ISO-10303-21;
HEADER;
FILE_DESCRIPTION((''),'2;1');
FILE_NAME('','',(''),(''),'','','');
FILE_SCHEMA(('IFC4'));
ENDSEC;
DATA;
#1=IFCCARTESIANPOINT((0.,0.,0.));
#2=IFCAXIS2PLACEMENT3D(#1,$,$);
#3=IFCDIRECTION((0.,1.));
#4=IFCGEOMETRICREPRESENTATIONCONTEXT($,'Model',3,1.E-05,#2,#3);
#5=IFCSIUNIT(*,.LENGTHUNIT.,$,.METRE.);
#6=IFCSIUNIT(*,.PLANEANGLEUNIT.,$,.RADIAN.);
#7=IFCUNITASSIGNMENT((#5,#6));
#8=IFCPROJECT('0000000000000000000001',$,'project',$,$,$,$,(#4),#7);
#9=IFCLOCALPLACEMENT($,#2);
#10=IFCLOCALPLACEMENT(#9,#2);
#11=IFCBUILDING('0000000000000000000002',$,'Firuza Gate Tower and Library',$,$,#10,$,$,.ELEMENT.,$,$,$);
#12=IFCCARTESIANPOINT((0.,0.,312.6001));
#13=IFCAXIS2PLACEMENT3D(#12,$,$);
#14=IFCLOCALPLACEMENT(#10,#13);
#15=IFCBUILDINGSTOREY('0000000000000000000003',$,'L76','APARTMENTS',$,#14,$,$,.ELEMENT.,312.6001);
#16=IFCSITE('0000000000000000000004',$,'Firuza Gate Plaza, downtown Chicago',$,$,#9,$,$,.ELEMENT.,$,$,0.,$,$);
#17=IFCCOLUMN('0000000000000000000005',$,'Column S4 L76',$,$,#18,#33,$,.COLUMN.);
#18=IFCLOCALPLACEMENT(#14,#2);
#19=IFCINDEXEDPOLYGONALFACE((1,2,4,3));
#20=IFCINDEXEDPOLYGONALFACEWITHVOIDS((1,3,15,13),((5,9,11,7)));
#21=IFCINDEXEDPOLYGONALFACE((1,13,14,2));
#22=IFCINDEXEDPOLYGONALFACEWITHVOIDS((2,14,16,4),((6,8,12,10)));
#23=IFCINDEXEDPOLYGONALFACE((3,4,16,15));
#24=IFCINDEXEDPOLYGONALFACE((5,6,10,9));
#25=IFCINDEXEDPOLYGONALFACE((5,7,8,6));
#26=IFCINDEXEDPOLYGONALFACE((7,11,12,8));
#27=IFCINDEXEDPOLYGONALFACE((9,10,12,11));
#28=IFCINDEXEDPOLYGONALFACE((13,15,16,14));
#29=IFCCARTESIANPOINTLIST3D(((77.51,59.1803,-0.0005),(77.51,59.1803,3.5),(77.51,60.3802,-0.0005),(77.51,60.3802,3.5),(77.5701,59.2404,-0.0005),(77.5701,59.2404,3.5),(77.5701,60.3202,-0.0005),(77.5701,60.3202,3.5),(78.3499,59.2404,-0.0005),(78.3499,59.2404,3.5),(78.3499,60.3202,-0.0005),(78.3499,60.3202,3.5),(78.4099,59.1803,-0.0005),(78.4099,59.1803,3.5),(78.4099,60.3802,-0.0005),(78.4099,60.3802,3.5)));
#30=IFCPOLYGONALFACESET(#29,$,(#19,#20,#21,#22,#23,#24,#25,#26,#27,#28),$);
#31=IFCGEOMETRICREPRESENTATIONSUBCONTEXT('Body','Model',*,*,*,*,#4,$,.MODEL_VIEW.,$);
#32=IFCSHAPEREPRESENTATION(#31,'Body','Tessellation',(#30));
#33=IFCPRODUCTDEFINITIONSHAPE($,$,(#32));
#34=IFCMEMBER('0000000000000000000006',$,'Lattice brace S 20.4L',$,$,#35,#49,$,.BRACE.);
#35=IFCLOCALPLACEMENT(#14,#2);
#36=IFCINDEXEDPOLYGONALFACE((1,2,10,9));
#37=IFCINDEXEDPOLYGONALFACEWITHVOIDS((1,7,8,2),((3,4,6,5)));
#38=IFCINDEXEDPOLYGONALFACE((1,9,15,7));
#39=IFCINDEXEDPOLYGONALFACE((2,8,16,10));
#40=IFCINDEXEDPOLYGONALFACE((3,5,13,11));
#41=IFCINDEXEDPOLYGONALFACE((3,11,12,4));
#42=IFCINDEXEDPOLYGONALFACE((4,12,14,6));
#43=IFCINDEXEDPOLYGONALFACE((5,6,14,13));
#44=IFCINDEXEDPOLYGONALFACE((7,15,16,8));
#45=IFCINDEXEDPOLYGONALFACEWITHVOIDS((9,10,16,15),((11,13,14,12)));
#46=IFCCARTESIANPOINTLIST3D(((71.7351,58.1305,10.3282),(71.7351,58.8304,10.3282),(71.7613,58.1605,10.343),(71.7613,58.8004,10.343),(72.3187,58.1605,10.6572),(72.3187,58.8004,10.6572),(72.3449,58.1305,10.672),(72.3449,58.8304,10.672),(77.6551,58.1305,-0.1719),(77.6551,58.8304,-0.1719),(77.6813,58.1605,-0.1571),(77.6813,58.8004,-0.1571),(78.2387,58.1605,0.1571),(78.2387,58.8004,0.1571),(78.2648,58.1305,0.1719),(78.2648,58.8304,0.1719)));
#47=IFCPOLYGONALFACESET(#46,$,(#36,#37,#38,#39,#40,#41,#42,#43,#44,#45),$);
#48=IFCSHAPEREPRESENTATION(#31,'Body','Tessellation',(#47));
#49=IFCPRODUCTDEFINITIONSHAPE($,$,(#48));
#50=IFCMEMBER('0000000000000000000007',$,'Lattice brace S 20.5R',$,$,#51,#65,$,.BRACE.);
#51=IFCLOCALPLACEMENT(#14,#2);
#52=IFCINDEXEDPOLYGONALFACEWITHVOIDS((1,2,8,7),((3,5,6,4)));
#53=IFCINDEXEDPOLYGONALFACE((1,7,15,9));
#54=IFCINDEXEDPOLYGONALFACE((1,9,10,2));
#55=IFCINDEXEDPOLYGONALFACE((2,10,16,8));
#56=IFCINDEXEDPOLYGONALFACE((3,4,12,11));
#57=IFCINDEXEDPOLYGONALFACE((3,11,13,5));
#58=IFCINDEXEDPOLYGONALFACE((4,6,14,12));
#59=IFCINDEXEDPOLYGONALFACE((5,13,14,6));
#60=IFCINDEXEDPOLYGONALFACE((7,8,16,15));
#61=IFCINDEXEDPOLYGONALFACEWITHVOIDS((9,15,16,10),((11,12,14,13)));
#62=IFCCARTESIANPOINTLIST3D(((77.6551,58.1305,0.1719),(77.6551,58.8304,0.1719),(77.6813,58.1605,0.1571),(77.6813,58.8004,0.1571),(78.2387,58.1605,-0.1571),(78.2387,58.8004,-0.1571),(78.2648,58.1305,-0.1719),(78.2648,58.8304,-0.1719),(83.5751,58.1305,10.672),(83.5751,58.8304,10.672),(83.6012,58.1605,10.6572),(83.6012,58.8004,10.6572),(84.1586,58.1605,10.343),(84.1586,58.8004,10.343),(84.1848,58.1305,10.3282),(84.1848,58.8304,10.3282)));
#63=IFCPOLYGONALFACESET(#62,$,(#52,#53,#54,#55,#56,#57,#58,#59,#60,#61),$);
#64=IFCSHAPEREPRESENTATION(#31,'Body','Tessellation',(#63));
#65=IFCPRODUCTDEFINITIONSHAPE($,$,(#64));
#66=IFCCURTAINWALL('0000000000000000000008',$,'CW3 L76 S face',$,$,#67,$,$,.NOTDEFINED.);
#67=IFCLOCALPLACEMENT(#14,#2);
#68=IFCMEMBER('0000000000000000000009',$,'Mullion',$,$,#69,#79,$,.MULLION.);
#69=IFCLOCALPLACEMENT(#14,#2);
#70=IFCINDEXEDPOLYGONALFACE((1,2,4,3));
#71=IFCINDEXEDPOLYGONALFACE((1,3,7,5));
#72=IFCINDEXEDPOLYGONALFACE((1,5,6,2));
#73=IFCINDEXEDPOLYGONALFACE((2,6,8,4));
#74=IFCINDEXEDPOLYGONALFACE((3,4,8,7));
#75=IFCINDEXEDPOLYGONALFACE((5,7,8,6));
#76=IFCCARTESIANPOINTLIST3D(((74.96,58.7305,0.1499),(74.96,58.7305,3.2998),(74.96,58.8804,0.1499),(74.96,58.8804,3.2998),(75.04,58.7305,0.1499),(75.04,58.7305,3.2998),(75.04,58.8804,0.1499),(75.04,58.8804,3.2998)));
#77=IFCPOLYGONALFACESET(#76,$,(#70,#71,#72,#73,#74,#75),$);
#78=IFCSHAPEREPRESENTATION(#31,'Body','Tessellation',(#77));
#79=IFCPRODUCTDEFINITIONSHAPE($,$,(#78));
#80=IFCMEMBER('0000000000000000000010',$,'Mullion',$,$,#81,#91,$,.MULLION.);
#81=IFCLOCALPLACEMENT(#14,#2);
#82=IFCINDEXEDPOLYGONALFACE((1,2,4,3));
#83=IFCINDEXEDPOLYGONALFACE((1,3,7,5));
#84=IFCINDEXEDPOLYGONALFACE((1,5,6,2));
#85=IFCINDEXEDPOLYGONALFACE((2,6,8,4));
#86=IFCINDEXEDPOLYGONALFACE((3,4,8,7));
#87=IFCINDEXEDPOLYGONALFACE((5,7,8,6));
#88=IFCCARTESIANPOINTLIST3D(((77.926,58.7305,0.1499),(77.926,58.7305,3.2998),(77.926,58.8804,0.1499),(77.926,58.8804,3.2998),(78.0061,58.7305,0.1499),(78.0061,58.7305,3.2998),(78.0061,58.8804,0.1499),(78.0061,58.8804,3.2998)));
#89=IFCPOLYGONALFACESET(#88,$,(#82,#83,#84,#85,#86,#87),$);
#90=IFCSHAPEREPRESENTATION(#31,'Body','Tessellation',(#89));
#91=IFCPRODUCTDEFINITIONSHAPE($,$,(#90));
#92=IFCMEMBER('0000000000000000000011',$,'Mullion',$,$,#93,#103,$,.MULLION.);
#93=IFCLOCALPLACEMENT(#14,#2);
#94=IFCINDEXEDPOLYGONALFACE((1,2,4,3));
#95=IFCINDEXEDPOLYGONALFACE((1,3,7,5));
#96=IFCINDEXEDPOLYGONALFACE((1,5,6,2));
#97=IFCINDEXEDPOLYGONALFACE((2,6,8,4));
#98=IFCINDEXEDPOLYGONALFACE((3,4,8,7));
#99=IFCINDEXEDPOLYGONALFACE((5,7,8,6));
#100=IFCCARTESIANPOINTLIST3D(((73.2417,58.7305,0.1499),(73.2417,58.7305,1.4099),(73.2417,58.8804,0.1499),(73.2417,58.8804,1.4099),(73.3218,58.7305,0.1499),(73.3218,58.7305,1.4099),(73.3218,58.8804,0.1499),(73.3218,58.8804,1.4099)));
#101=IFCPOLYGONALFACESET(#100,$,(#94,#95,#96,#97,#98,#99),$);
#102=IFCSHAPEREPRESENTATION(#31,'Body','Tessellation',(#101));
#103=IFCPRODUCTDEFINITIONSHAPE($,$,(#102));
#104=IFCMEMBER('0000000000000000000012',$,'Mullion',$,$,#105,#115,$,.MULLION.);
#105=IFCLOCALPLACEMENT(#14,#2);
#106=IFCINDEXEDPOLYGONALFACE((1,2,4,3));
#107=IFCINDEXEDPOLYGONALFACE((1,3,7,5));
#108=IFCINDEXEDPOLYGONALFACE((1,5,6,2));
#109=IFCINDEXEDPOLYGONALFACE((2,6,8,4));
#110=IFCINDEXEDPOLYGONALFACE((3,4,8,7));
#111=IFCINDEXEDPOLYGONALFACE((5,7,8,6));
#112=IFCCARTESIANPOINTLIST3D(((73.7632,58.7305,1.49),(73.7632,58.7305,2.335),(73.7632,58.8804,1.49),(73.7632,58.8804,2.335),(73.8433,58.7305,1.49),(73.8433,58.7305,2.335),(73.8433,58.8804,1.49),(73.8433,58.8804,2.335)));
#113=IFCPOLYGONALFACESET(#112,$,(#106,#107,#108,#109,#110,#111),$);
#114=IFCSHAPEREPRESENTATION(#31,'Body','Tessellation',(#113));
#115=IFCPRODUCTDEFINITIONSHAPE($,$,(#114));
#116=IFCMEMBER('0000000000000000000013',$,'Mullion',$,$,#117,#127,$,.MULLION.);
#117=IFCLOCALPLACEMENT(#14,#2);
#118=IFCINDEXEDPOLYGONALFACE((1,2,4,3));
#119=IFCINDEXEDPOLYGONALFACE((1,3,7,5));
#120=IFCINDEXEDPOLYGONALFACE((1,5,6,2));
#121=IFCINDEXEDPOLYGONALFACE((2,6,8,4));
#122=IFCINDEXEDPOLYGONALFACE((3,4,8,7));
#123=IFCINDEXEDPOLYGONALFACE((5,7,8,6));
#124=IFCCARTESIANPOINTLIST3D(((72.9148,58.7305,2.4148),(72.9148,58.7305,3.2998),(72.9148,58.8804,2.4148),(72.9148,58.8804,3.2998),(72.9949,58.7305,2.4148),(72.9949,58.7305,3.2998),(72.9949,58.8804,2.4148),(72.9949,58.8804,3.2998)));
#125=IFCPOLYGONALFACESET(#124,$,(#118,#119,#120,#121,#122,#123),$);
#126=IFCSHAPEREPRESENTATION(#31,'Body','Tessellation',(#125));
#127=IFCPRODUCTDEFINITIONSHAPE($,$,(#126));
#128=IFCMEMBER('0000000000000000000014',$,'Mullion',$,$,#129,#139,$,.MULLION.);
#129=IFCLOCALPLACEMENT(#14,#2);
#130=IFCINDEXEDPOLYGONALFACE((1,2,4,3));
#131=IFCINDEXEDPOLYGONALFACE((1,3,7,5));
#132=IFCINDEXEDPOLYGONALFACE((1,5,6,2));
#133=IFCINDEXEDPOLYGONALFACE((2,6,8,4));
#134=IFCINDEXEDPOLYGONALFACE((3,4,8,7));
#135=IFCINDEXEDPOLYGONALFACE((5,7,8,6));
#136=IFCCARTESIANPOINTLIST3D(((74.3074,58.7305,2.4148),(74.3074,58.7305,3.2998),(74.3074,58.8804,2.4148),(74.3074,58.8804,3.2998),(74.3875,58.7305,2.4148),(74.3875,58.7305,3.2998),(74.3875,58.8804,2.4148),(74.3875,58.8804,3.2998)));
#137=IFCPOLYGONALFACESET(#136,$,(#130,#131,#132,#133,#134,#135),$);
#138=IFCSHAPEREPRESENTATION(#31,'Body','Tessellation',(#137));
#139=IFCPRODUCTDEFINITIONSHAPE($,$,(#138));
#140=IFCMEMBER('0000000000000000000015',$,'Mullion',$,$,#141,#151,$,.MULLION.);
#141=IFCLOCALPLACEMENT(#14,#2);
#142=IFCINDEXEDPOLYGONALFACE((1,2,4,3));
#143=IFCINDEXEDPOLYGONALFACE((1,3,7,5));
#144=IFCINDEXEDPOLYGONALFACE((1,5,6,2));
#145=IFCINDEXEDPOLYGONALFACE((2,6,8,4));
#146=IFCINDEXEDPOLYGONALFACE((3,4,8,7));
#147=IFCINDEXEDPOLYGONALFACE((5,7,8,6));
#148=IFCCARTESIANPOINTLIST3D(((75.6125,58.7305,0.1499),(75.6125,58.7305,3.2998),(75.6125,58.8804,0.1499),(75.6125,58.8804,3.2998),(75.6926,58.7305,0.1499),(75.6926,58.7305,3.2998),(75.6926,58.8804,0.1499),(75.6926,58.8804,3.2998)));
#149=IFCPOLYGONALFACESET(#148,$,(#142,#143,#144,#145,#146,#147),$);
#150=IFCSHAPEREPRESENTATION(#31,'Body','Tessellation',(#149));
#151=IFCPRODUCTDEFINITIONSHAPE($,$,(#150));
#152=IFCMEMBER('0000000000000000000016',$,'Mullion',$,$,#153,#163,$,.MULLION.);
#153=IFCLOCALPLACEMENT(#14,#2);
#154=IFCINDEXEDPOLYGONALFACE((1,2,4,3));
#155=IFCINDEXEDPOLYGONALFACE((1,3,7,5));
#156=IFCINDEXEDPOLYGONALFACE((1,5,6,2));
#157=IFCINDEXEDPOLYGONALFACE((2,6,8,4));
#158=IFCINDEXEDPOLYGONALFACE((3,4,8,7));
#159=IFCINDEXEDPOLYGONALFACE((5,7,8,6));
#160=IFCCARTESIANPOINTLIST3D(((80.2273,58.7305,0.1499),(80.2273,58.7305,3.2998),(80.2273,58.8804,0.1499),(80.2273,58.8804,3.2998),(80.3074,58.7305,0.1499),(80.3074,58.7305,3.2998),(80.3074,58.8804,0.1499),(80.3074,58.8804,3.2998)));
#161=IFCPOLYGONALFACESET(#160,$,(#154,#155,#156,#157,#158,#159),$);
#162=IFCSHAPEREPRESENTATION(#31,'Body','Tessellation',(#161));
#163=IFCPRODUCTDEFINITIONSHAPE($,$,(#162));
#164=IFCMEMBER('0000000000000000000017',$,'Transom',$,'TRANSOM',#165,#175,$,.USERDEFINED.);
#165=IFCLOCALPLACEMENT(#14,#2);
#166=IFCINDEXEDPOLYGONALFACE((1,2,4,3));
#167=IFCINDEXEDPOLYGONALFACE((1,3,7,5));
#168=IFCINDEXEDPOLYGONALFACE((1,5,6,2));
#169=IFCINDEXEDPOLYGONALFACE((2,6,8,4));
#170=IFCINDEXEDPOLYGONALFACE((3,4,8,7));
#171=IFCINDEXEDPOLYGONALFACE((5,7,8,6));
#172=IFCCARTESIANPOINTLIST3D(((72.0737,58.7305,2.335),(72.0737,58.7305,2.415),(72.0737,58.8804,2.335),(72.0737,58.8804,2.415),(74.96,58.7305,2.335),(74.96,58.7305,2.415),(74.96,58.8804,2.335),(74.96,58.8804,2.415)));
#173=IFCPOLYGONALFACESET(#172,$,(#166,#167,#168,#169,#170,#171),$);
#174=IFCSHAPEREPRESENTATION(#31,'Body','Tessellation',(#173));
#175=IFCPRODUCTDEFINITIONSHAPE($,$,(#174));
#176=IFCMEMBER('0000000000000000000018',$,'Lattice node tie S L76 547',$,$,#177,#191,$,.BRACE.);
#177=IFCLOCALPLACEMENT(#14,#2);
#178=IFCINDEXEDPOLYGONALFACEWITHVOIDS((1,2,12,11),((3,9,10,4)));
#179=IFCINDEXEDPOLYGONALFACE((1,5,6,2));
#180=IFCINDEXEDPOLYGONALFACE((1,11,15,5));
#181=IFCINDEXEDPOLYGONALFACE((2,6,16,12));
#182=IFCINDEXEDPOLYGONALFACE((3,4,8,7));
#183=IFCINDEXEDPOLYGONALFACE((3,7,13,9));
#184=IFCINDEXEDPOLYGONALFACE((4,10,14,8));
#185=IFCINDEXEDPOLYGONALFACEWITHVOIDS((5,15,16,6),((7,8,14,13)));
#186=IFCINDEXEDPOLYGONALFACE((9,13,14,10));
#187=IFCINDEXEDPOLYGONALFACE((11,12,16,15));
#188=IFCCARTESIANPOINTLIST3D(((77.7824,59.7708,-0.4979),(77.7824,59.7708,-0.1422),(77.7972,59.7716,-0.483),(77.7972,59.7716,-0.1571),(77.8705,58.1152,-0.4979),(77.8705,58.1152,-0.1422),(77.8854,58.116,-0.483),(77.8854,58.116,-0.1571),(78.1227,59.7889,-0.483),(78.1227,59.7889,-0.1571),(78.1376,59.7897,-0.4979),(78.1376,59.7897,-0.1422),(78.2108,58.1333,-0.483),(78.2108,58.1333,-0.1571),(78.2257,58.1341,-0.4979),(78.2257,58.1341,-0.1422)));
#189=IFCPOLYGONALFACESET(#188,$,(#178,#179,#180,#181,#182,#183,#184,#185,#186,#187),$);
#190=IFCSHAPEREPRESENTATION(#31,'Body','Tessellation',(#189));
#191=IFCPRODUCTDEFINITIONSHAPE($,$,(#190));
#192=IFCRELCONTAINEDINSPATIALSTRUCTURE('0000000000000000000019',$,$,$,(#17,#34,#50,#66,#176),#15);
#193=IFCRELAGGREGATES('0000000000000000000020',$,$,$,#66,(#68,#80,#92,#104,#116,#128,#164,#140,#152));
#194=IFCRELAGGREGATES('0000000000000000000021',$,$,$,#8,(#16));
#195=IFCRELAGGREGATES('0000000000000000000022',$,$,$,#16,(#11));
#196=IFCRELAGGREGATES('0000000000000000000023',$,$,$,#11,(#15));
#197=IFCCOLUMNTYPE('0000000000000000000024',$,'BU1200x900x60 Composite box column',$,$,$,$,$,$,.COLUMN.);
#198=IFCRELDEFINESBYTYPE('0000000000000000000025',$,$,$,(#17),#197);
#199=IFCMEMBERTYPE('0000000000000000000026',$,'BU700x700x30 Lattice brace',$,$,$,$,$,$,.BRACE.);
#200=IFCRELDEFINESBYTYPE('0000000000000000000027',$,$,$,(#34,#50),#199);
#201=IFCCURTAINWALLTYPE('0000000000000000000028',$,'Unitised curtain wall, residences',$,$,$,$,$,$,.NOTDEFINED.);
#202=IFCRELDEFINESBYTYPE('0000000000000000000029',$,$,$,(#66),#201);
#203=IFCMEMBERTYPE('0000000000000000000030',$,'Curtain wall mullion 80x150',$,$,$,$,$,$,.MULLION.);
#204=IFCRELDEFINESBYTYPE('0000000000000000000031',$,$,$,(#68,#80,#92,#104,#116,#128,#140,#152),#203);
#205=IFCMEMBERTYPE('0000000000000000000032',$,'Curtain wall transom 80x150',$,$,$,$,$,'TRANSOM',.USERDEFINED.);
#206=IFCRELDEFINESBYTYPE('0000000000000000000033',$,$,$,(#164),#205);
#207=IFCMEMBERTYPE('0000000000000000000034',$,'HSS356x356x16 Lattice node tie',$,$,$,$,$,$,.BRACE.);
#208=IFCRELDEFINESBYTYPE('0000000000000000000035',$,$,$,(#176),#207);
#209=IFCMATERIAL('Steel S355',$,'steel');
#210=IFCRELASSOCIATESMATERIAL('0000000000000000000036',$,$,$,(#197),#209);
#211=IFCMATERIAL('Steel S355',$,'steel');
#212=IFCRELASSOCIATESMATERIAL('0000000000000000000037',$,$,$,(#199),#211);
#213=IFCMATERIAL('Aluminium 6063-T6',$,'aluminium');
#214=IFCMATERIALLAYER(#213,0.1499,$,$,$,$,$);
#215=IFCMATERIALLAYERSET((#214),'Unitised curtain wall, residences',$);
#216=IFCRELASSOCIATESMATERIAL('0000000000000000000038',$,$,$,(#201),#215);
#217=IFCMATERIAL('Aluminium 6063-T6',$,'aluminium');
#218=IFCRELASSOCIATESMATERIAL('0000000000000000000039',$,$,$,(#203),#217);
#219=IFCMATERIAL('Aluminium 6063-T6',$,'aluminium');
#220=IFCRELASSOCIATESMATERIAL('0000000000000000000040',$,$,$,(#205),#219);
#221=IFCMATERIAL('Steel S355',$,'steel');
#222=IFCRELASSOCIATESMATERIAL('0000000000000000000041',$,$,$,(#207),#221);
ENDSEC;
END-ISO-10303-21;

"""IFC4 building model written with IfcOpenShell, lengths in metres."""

from ifc_helpers import new_model, si_unit, direction, frame, origin, origin_2d, place, context, subcontext, project, spatial, rectangle, hollow_rectangle, extrude, material, layer, layer_set, material_profile, profile_set, type_object, element, aggregate, save


model = new_model("IFC4")

# Units and contexts
model_context = context("Model", 3, precision=1e-05, world=origin(), true_north=direction((0.0, 1.0)))
body_context = subcontext(model_context, "Body", "Model", "MODEL_VIEW")
ifc_project = project(units=[si_unit("LENGTHUNIT", "METRE"), si_unit("PLANEANGLEUNIT", "RADIAN")], contexts=[model_context])

# Site, building, storey
site_placement = place(None, origin())
site = spatial("IfcSite", under=ifc_project, at=site_placement, Name="Firuza Gate Plaza, downtown Chicago", CompositionType="ELEMENT", RefElevation=0.0)
building_placement = place(site_placement, origin())
building = spatial("IfcBuilding", under=site, at=building_placement, Name="Firuza Gate Tower and Library", CompositionType="ELEMENT")
storey_placement = place(building_placement, frame((0.0, 0.0, 312.6001)))
storey = spatial("IfcBuildingStorey", under=building, at=storey_placement, Name="L76", Description="APARTMENTS", CompositionType="ELEMENT", Elevation=312.6001)

# Column
ifc_material_1 = material(Name="Steel S355", Category="steel")
ifc_material_profile_1 = material_profile(ifc_material_1, hollow_rectangle(XDim=0.8999, YDim=1.2, WallThickness=0.0601, at=origin_2d()))
ifc_profile_set_1 = profile_set([ifc_material_profile_1], Name="Steel S355")
column_type = type_object("IfcColumnType", Name="BU1200x900x60 Composite box column", PredefinedType="COLUMN", material=ifc_profile_set_1)
column_placement = place(storey_placement, frame((77.96, 59.7803, -0.0005), z_axis=(0.0, 0.0, 1.0), x_axis=(1.0, 0.0, 0.0)))
element("IfcColumn", 1, at=column_placement, inside=storey, type_object=column_type, Name="Column S4 L76", PredefinedType="COLUMN", context=body_context, shape_type="SweptSolid", body=[
    extrude(hollow_rectangle(XDim=0.8999, YDim=1.2, WallThickness=0.0601, at=origin_2d()), origin(), (0.0, 0.0, 1.0), 3.5005),
])

# Members
ifc_material_2 = material(Name="Steel S355", Category="steel")
ifc_material_profile_2 = material_profile(ifc_material_2, hollow_rectangle(XDim=0.7, YDim=0.7, WallThickness=0.03, at=origin_2d()))
ifc_profile_set_2 = profile_set([ifc_material_profile_2], Name="Steel S355")
member_type_1 = type_object("IfcMemberType", Name="BU700x700x30 Lattice brace", PredefinedType="BRACE", material=ifc_profile_set_2)
for number, where, z_axis, x_axis, name in (
    (2, (77.96, 58.4805, 0.0), (-0.491123, 0.0, 0.87109), (0.0, -1.0, 0.0), "Lattice brace S 20.4L"),
    (3, (77.96, 58.4805, 0.0), (0.491123, 0.0, 0.87109), (0.0, 1.0, 0.0), "Lattice brace S 20.5R"),
):
    element("IfcMember", number, at=place(storey_placement, frame(where, z_axis=z_axis, x_axis=x_axis)), inside=storey, type_object=member_type_1, Name=name, PredefinedType="BRACE", context=body_context, shape_type="SweptSolid", body=[
        extrude(hollow_rectangle(XDim=0.7, YDim=0.7, WallThickness=0.03, at=origin_2d()), origin(), (0.0, 0.0, 1.0), 12.054),
    ])

# Curtain wall, members
ifc_material_3 = material(Name="Aluminium 6063-T6", Category="aluminium")
ifc_layer_1 = layer(ifc_material_3, 0.1499)
ifc_layer_set_1 = layer_set([ifc_layer_1], Name="Unitised curtain wall, residences")
curtain_wall_type = type_object("IfcCurtainWallType", Name="Unitised curtain wall, residences", PredefinedType="NOTDEFINED", material=ifc_layer_set_1)
curtain_wall_placement = place(storey_placement, origin())
curtain_wall = element("IfcCurtainWall", 4, at=curtain_wall_placement, inside=storey, type_object=curtain_wall_type, Name="CW3 L76 S face", PredefinedType="NOTDEFINED")
ifc_material_4 = material(Name="Aluminium 6063-T6", Category="aluminium")
ifc_material_profile_3 = material_profile(ifc_material_4, rectangle(XDim=0.1499, YDim=0.0801, at=origin_2d()))
ifc_profile_set_3 = profile_set([ifc_material_profile_3], Name="Aluminium 6063-T6")
member_type_2 = type_object("IfcMemberType", Name="Curtain wall mullion 80x150", PredefinedType="MULLION", material=ifc_profile_set_3)
member_1_placement = place(storey_placement, frame((75.0, 58.8054, 0.1499), z_axis=(0.0, 0.0, 1.0), x_axis=(0.0, 1.0, 0.0)))
member_1 = element("IfcMember", 5, at=member_1_placement, type_object=member_type_2, Name="Mullion", PredefinedType="MULLION", context=body_context, shape_type="SweptSolid", body=[
    extrude(rectangle(XDim=0.1499, YDim=0.0801, at=origin_2d()), origin(), (0.0, 0.0, 1.0), 3.1499),
])
member_2_placement = place(storey_placement, frame((77.9661, 58.8054, 0.1499), z_axis=(0.0, 0.0, 1.0), x_axis=(0.0, 1.0, 0.0)))
member_2 = element("IfcMember", 6, at=member_2_placement, type_object=member_type_2, Name="Mullion", PredefinedType="MULLION", context=body_context, shape_type="SweptSolid", body=[
    extrude(rectangle(XDim=0.1499, YDim=0.0801, at=origin_2d()), origin(), (0.0, 0.0, 1.0), 3.1499),
])
member_3_placement = place(storey_placement, frame((73.2817, 58.8054, 0.1499), z_axis=(0.0, 0.0, 1.0), x_axis=(0.0, 1.0, 0.0)))
member_3 = element("IfcMember", 7, at=member_3_placement, type_object=member_type_2, Name="Mullion", PredefinedType="MULLION", context=body_context, shape_type="SweptSolid", body=[
    extrude(rectangle(XDim=0.1499, YDim=0.0801, at=origin_2d()), origin(), (0.0, 0.0, 1.0), 1.26),
])
member_4_placement = place(storey_placement, frame((73.8032, 58.8054, 1.49), z_axis=(0.0, 0.0, 1.0), x_axis=(0.0, 1.0, 0.0)))
member_4 = element("IfcMember", 8, at=member_4_placement, type_object=member_type_2, Name="Mullion", PredefinedType="MULLION", context=body_context, shape_type="SweptSolid", body=[
    extrude(rectangle(XDim=0.1499, YDim=0.0801, at=origin_2d()), origin(), (0.0, 0.0, 1.0), 0.845),
])
member_5_placement = place(storey_placement, frame((72.9548, 58.8054, 2.4148), z_axis=(0.0, 0.0, 1.0), x_axis=(0.0, 1.0, 0.0)))
member_5 = element("IfcMember", 9, at=member_5_placement, type_object=member_type_2, Name="Mullion", PredefinedType="MULLION", context=body_context, shape_type="SweptSolid", body=[
    extrude(rectangle(XDim=0.1499, YDim=0.0801, at=origin_2d()), origin(), (0.0, 0.0, 1.0), 0.885),
])
member_6_placement = place(storey_placement, frame((74.3474, 58.8054, 2.4148), z_axis=(0.0, 0.0, 1.0), x_axis=(0.0, 1.0, 0.0)))
member_6 = element("IfcMember", 10, at=member_6_placement, type_object=member_type_2, Name="Mullion", PredefinedType="MULLION", context=body_context, shape_type="SweptSolid", body=[
    extrude(rectangle(XDim=0.1499, YDim=0.0801, at=origin_2d()), origin(), (0.0, 0.0, 1.0), 0.885),
])
member_7_placement = place(storey_placement, frame((75.6526, 58.8054, 0.1499), z_axis=(0.0, 0.0, 1.0), x_axis=(0.0, 1.0, 0.0)))
member_7 = element("IfcMember", 11, at=member_7_placement, type_object=member_type_2, Name="Mullion", PredefinedType="MULLION", context=body_context, shape_type="SweptSolid", body=[
    extrude(rectangle(XDim=0.1499, YDim=0.0801, at=origin_2d()), origin(), (0.0, 0.0, 1.0), 3.1499),
])
member_8_placement = place(storey_placement, frame((80.2673, 58.8054, 0.1499), z_axis=(0.0, 0.0, 1.0), x_axis=(0.0, 1.0, 0.0)))
member_8 = element("IfcMember", 12, at=member_8_placement, type_object=member_type_2, Name="Mullion", PredefinedType="MULLION", context=body_context, shape_type="SweptSolid", body=[
    extrude(rectangle(XDim=0.1499, YDim=0.0801, at=origin_2d()), origin(), (0.0, 0.0, 1.0), 3.1499),
])
ifc_material_5 = material(Name="Aluminium 6063-T6", Category="aluminium")
ifc_material_profile_4 = material_profile(ifc_material_5, rectangle(XDim=0.1499, YDim=0.0801, at=origin_2d()))
ifc_profile_set_4 = profile_set([ifc_material_profile_4], Name="Aluminium 6063-T6")
member_type_3 = type_object("IfcMemberType", Name="Curtain wall transom 80x150", ElementType="TRANSOM", PredefinedType="USERDEFINED", material=ifc_profile_set_4)
member_9_placement = place(storey_placement, frame((72.0737, 58.8054, 2.375), z_axis=(1.0, 0.0, 0.0), x_axis=(0.0, 1.0, 0.0)))
member_9 = element("IfcMember", 13, at=member_9_placement, type_object=member_type_3, Name="Transom", ObjectType="TRANSOM", PredefinedType="USERDEFINED", context=body_context, shape_type="SweptSolid", body=[
    extrude(rectangle(XDim=0.1499, YDim=0.0801, at=origin_2d()), origin(), (0.0, 0.0, 1.0), 2.8862),
])

# Member
ifc_material_6 = material(Name="Steel S355", Category="steel")
ifc_material_profile_5 = material_profile(ifc_material_6, hollow_rectangle(XDim=0.3557, YDim=0.3557, WallThickness=0.0149, at=origin_2d()))
ifc_profile_set_5 = profile_set([ifc_material_profile_5], Name="Steel S355")
member_type_4 = type_object("IfcMemberType", Name="HSS356x356x16 Lattice node tie", PredefinedType="BRACE", material=ifc_profile_set_5)
member_10_placement = place(storey_placement, frame((77.96, 59.7803, -0.3201), z_axis=(0.053162, -0.998586, 0.0), x_axis=(0.998586, 0.053162, 0.0)))
element("IfcMember", 14, at=member_10_placement, inside=storey, type_object=member_type_4, Name="Lattice node tie S L76 547", PredefinedType="BRACE", context=body_context, shape_type="SweptSolid", body=[
    extrude(hollow_rectangle(XDim=0.3557, YDim=0.3557, WallThickness=0.0149, at=origin_2d()), origin(), (0.0, 0.0, 1.0), 1.658),
])

aggregate(curtain_wall, [member_1, member_2, member_3, member_4, member_5, member_6, member_9, member_7, member_8])

save(model, "model.ifc")
